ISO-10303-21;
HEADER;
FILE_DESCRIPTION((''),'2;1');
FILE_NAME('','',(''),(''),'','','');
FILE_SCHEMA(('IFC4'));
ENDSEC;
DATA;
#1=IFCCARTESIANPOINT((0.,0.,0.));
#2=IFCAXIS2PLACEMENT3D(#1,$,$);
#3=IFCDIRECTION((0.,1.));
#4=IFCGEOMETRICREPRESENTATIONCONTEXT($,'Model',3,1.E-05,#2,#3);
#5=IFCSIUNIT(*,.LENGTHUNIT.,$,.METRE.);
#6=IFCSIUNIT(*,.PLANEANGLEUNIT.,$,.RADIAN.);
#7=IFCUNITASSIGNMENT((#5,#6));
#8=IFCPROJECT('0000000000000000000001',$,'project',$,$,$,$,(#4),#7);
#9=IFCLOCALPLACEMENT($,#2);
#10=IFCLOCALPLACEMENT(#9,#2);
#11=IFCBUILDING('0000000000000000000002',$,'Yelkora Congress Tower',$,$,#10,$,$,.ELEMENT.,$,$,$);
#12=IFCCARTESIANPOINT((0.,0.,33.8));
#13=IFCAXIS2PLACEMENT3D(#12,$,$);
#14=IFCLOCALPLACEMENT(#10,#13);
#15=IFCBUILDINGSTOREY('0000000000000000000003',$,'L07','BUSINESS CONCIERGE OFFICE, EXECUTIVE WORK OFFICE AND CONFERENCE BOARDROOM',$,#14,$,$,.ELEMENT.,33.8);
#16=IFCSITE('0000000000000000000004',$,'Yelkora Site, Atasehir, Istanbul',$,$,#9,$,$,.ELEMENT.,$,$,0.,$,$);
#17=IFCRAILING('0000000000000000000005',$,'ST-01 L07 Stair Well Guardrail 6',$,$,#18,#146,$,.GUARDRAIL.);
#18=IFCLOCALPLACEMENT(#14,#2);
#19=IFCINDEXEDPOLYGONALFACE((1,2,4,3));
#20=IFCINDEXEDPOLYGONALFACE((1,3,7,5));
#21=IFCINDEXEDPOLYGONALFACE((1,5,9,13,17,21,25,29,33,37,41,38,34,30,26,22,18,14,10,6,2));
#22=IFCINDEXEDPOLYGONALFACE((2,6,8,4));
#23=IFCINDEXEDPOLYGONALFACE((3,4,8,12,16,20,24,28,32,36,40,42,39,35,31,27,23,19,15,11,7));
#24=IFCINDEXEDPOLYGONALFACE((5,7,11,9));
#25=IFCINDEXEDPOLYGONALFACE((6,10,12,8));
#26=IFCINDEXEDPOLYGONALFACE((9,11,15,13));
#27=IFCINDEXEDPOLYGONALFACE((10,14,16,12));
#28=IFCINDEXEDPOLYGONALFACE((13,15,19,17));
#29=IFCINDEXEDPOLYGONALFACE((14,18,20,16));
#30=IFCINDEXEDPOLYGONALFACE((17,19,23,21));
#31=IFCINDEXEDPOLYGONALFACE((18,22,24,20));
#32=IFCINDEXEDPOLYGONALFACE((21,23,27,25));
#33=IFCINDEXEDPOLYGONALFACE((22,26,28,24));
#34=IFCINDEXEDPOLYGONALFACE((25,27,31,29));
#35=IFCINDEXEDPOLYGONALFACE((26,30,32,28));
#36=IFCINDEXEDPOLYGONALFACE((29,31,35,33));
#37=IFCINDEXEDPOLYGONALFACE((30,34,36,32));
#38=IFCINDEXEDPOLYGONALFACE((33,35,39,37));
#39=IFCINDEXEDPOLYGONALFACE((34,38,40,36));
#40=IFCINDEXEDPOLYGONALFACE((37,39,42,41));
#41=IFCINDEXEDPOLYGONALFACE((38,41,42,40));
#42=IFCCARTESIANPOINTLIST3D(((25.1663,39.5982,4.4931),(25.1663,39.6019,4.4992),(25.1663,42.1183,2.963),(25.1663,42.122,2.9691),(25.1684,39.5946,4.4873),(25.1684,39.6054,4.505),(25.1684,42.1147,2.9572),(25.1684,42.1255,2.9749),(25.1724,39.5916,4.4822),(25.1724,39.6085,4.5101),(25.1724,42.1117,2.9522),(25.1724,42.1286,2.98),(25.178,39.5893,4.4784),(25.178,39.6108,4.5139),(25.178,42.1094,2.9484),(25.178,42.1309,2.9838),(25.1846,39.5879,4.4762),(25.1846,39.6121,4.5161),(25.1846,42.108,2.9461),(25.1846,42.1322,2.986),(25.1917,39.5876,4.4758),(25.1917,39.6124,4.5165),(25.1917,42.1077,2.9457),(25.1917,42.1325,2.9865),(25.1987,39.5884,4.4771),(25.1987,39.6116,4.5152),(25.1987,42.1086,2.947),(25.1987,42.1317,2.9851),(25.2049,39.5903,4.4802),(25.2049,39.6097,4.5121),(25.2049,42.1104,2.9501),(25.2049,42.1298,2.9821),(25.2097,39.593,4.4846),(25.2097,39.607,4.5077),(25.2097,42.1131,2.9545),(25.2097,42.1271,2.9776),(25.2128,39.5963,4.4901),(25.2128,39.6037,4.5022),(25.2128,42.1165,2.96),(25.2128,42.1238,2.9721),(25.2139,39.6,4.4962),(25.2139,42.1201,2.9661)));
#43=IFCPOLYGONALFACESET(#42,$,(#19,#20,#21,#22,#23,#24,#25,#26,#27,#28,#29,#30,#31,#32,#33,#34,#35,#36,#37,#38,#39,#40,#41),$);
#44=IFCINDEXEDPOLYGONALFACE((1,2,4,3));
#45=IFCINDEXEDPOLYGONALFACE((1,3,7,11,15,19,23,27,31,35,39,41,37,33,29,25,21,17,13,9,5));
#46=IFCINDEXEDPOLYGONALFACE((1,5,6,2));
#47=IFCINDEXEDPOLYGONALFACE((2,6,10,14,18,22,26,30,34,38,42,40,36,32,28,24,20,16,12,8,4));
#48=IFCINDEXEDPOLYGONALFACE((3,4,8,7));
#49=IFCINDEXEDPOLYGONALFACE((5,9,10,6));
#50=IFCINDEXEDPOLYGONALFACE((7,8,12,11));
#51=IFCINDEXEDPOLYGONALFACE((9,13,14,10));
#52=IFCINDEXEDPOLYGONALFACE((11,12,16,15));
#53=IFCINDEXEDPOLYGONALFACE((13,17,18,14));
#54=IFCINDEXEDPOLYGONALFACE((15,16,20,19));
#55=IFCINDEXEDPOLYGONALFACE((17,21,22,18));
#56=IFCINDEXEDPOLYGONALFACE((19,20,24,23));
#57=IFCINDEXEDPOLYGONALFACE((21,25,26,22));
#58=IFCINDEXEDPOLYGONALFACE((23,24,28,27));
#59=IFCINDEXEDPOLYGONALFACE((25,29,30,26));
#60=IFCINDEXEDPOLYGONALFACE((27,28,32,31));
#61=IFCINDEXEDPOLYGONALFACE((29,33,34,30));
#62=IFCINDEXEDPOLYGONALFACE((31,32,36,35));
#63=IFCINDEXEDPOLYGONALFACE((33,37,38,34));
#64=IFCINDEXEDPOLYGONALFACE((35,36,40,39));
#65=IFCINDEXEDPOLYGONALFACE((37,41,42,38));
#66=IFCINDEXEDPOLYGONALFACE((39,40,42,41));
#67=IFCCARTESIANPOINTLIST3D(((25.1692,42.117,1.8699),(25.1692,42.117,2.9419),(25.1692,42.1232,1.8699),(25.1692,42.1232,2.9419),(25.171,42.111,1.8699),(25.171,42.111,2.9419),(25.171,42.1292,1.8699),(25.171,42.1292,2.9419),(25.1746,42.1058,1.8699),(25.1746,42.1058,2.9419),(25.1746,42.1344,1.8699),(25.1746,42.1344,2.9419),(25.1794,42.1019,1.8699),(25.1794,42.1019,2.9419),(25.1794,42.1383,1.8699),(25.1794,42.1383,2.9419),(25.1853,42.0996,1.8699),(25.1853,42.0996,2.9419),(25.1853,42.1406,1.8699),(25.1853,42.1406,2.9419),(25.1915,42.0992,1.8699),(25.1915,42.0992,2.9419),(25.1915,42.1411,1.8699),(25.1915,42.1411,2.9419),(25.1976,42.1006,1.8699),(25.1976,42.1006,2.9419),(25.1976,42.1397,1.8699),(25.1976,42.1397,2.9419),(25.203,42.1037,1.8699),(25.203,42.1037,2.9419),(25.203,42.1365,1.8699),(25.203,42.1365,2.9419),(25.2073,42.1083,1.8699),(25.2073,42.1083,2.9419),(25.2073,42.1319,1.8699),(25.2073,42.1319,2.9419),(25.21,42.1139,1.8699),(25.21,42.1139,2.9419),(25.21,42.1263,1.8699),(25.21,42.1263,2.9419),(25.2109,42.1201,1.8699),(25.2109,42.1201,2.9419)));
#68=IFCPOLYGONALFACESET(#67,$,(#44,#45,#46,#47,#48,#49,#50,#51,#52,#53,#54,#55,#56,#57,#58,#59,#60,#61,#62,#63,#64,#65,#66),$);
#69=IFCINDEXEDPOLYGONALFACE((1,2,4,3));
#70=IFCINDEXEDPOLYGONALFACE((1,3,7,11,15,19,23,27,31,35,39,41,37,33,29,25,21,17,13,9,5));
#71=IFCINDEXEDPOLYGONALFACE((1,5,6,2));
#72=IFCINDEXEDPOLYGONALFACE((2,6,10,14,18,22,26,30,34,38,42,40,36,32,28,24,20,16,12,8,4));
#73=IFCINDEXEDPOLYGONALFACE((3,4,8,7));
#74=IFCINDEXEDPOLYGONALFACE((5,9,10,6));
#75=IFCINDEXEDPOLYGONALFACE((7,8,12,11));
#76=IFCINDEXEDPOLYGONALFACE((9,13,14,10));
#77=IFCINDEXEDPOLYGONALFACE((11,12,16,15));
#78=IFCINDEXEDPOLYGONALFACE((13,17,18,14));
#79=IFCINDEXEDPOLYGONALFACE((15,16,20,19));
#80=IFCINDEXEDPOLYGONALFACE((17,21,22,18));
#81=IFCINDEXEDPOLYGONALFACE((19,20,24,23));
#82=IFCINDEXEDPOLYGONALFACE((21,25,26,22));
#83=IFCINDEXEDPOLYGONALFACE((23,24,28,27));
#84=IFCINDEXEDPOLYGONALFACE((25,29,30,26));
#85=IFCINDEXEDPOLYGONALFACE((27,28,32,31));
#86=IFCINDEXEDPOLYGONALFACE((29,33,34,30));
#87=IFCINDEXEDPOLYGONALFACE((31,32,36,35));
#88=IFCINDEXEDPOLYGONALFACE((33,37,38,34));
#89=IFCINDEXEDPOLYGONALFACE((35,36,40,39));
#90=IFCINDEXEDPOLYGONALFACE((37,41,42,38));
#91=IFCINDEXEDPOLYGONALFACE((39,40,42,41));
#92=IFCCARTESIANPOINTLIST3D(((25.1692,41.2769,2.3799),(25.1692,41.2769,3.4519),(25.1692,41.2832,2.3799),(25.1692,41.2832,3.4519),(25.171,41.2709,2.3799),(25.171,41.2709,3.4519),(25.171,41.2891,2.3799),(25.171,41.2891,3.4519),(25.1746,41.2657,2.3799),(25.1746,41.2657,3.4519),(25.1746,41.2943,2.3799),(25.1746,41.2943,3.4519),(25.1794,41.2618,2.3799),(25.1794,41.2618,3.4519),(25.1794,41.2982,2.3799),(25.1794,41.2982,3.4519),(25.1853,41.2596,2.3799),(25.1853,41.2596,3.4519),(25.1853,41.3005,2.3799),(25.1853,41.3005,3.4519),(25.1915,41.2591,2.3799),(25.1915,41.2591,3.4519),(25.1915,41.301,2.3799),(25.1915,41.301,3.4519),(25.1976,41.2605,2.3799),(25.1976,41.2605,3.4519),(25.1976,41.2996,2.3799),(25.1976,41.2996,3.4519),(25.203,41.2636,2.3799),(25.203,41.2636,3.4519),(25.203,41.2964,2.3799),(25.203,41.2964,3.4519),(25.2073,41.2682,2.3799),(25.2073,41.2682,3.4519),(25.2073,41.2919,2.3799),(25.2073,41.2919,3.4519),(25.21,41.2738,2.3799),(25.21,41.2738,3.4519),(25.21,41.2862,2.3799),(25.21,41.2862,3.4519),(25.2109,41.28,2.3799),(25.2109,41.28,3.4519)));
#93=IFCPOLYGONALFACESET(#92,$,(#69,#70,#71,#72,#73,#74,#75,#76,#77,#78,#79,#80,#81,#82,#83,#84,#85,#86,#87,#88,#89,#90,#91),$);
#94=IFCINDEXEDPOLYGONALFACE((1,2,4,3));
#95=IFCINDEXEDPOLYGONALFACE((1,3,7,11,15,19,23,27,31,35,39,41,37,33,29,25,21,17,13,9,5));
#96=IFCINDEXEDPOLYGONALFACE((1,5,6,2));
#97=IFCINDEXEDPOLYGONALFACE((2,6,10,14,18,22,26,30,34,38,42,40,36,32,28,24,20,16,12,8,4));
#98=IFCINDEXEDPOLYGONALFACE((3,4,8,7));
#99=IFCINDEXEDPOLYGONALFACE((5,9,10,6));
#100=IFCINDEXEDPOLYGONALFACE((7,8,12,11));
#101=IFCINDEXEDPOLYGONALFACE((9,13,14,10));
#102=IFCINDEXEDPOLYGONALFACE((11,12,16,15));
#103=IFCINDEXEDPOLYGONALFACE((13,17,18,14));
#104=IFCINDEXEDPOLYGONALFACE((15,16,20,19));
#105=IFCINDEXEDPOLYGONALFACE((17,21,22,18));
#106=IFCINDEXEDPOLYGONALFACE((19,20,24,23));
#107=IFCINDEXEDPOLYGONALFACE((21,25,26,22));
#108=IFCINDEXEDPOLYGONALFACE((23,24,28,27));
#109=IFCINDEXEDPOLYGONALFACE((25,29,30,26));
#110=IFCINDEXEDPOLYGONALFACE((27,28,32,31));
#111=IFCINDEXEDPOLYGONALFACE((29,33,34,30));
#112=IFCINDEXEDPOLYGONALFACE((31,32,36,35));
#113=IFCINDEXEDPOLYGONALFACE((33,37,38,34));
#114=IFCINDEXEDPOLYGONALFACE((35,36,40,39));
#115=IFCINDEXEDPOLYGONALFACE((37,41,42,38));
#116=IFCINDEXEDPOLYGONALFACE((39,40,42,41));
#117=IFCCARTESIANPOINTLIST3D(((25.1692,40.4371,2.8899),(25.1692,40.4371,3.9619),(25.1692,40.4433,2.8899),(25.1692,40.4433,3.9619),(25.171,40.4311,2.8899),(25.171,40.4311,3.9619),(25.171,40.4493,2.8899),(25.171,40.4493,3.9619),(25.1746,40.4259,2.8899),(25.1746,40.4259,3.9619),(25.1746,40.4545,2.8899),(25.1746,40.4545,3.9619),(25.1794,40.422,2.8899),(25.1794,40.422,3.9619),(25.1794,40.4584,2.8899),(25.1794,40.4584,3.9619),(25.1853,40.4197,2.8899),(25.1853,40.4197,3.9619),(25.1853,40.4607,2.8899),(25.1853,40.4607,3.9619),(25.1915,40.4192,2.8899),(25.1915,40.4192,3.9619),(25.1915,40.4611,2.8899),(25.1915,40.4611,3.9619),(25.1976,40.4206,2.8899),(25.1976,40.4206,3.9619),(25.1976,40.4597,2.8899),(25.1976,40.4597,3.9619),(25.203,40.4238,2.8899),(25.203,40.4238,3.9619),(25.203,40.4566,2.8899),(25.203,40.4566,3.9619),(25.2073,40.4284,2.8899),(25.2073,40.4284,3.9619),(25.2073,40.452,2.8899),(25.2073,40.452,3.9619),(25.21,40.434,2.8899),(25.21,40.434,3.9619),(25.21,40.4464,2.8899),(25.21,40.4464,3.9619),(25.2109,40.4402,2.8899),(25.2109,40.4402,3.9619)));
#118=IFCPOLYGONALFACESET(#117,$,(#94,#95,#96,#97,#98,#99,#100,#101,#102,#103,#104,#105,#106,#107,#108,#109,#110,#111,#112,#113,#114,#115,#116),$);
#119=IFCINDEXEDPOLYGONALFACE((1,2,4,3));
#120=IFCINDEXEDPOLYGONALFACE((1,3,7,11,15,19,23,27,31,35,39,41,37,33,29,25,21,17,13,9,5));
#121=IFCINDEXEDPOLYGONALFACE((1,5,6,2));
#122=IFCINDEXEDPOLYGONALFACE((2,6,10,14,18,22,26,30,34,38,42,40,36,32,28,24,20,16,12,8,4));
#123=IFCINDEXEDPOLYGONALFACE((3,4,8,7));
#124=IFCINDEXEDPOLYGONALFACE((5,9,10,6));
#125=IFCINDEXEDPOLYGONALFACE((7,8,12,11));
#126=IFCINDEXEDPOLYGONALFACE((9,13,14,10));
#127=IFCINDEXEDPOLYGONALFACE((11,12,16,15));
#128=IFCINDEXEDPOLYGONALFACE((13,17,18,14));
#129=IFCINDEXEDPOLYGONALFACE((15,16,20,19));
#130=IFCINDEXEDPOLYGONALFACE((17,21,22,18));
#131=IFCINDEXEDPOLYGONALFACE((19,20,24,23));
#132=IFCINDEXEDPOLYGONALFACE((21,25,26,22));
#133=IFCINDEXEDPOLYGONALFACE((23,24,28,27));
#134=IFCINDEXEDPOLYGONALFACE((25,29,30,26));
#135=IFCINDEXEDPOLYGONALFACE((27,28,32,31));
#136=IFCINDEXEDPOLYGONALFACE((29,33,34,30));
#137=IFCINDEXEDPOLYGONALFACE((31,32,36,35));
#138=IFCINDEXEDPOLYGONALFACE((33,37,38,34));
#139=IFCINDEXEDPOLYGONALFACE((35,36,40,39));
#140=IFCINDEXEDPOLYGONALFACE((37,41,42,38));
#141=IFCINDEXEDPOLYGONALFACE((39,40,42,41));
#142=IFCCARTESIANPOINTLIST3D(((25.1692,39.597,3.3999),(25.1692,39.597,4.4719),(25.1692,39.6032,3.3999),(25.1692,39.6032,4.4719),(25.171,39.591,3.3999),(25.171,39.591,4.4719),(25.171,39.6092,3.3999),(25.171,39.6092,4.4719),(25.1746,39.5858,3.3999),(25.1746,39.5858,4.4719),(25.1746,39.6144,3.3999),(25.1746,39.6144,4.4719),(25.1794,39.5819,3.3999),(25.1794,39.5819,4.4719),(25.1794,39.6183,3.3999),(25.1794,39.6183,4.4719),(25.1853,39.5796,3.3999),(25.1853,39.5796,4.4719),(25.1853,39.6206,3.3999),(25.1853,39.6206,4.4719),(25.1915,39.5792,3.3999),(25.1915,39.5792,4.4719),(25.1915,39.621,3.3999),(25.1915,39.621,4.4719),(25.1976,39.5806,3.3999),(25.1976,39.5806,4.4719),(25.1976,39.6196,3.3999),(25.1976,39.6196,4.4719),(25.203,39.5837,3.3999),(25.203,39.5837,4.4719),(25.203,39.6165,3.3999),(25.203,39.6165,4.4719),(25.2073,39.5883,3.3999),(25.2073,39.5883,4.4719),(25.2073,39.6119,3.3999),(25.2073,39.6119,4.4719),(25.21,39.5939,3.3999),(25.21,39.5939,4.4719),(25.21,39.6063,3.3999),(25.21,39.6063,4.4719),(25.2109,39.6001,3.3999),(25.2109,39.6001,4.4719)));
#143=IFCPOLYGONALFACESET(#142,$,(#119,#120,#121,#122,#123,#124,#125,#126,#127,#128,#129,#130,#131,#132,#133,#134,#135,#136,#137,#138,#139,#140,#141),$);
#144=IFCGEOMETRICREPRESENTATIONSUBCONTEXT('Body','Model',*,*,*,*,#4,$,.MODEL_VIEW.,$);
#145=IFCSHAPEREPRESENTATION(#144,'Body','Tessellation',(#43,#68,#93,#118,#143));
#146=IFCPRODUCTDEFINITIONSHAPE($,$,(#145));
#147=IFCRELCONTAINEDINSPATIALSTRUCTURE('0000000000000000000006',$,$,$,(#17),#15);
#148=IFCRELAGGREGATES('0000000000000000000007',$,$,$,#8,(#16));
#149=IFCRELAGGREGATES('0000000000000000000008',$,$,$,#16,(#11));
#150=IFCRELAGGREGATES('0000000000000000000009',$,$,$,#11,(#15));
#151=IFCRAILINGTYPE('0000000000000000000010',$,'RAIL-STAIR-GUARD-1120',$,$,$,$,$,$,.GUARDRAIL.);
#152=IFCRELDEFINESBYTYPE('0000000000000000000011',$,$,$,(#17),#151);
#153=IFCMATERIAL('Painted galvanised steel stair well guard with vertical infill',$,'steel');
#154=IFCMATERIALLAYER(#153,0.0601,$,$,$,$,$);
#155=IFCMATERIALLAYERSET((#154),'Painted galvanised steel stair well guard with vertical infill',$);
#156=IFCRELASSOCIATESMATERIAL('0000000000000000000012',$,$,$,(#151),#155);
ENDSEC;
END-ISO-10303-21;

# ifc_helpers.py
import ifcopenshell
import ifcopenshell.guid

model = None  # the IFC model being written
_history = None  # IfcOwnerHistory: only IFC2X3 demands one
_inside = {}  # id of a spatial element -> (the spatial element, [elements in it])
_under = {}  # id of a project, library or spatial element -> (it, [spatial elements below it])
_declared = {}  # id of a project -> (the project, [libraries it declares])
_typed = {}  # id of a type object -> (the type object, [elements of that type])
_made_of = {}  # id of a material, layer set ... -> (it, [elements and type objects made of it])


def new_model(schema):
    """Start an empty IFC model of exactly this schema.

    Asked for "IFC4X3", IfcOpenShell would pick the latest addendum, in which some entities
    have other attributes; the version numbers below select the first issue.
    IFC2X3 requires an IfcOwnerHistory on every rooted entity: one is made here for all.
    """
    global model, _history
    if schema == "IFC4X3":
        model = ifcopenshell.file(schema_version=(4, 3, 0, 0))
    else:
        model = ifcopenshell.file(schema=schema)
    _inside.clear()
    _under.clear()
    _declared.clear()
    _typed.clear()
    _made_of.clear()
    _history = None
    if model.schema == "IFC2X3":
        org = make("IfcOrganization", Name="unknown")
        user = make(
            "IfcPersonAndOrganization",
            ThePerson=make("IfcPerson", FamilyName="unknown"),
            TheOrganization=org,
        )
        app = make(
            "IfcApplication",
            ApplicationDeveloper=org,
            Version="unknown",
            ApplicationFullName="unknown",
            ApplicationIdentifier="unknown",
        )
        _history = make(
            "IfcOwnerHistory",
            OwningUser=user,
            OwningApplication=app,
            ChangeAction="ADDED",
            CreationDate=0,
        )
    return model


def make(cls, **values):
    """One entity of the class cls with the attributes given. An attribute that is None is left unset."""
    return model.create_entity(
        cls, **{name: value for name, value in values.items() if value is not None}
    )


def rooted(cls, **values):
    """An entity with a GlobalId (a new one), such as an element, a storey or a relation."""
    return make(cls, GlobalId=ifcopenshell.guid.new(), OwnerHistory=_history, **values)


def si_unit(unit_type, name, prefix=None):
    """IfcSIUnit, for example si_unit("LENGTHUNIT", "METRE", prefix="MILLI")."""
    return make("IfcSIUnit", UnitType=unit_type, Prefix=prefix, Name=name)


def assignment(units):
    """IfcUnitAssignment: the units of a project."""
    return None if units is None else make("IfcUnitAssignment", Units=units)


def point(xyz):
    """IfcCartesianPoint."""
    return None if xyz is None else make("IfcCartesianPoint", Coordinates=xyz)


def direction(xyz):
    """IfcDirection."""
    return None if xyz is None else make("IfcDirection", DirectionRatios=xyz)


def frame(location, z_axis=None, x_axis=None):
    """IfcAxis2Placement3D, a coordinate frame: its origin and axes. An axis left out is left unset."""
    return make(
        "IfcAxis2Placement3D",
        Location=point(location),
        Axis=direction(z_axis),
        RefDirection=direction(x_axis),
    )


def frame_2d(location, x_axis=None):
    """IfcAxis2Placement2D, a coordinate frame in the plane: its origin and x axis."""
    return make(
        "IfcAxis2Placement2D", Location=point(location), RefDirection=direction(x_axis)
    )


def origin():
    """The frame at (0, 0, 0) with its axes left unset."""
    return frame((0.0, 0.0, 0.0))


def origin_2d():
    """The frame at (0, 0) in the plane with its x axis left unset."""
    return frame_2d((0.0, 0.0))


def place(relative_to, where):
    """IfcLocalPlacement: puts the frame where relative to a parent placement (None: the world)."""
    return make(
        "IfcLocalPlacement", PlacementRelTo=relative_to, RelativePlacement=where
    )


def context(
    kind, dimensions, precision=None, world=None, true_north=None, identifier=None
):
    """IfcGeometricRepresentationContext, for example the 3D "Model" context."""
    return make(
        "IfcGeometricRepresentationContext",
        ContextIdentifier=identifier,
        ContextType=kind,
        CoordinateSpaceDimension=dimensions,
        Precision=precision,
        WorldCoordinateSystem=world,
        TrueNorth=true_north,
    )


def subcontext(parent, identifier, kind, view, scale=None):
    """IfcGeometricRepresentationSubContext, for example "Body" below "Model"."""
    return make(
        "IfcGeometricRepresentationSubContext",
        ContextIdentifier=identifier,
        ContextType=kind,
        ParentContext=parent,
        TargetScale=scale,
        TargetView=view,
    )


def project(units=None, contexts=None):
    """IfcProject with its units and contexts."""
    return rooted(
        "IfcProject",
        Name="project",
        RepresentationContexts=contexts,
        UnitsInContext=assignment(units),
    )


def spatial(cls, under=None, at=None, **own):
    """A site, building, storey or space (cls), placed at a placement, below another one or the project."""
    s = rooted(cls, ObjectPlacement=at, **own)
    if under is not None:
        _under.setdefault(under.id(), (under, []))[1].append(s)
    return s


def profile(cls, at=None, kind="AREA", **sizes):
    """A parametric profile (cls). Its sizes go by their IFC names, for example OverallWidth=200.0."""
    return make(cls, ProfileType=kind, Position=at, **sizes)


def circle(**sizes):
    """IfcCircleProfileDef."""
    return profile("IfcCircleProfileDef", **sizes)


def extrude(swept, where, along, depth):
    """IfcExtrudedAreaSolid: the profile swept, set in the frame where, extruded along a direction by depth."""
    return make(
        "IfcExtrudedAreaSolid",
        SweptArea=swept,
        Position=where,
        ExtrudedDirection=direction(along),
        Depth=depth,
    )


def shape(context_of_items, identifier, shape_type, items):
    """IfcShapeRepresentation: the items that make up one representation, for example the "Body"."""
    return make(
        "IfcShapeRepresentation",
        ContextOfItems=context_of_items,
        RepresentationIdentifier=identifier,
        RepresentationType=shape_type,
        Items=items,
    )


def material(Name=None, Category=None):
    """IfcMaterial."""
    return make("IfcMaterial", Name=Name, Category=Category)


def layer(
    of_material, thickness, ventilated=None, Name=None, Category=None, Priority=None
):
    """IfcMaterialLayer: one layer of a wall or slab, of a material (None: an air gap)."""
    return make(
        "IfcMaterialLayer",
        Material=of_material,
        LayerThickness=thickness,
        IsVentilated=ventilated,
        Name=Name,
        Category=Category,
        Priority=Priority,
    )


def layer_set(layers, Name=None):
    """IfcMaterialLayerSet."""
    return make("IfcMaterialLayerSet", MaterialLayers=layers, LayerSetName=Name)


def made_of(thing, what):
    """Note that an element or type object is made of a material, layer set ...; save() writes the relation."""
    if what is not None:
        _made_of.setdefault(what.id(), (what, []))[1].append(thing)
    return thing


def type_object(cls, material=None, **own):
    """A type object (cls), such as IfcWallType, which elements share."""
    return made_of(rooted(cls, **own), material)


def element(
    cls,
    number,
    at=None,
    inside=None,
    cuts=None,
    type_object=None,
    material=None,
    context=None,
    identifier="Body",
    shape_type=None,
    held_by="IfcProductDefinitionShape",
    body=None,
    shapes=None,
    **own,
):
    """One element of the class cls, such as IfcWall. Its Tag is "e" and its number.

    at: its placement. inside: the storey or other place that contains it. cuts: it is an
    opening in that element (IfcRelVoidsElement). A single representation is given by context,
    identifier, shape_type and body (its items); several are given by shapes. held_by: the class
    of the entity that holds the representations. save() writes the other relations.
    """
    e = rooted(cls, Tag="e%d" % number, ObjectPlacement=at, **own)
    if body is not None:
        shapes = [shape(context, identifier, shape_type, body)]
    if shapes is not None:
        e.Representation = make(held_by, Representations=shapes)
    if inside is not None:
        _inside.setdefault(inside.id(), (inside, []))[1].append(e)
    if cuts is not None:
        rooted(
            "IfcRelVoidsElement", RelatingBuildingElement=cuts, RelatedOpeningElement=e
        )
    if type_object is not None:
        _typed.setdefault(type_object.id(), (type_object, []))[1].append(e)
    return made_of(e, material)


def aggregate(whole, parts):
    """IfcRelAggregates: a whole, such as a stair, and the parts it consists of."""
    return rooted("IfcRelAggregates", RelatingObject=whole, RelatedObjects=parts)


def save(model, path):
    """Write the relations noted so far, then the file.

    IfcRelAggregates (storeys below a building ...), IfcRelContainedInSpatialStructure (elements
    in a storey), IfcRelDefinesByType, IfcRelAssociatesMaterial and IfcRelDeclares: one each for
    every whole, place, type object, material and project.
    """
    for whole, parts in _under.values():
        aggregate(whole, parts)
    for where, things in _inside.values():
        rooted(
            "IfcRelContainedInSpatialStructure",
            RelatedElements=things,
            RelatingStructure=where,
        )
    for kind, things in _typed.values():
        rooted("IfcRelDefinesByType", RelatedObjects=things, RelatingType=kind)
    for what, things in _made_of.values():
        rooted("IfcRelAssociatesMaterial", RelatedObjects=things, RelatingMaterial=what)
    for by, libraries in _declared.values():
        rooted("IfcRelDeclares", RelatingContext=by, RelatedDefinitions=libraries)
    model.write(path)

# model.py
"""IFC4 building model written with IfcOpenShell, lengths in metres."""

from ifc_helpers import new_model, si_unit, direction, frame, origin, origin_2d, place, context, subcontext, project, spatial, circle, extrude, material, layer, layer_set, type_object, element, save


model = new_model("IFC4")

# Units and contexts
model_context = context("Model", 3, precision=1e-05, world=origin(), true_north=direction((0.0, 1.0)))
body_context = subcontext(model_context, "Body", "Model", "MODEL_VIEW")
ifc_project = project(units=[si_unit("LENGTHUNIT", "METRE"), si_unit("PLANEANGLEUNIT", "RADIAN")], contexts=[model_context])

# Site, building, storey
site_placement = place(None, origin())
site = spatial("IfcSite", under=ifc_project, at=site_placement, Name="Yelkora Site, Atasehir, Istanbul", CompositionType="ELEMENT", RefElevation=0.0)
building_placement = place(site_placement, origin())
building = spatial("IfcBuilding", under=site, at=building_placement, Name="Yelkora Congress Tower", CompositionType="ELEMENT")
storey_placement = place(building_placement, frame((0.0, 0.0, 33.8)))
storey = spatial("IfcBuildingStorey", under=building, at=storey_placement, Name="L07", Description="BUSINESS CONCIERGE OFFICE, EXECUTIVE WORK OFFICE AND CONFERENCE BOARDROOM", CompositionType="ELEMENT", Elevation=33.8)

# Railing
ifc_material_1 = material(Name="Painted galvanised steel stair well guard with vertical infill", Category="steel")
ifc_layer_1 = layer(ifc_material_1, 0.0601)
ifc_layer_set_1 = layer_set([ifc_layer_1], Name="Painted galvanised steel stair well guard with vertical infill")
railing_type_1 = type_object("IfcRailingType", Name="RAIL-STAIR-GUARD-1120", PredefinedType="GUARDRAIL", material=ifc_layer_set_1)
railing_1_placement = place(storey_placement, frame((25.1899, 42.1201, 1.8699)))
element("IfcRailing", 1, at=railing_1_placement, inside=storey, type_object=railing_type_1, Name="ST-01 L07 Stair Well Guardrail 6", PredefinedType="GUARDRAIL", context=body_context, shape_type="SweptSolid", body=[
    extrude(circle(Radius=0.0239, at=origin_2d()), frame((0.0, 0.0, 1.0962), z_axis=(0.0, -0.854785, 0.518982), x_axis=(1.0, 0.0, 0.0)), (0.0, 0.0, 1.0), 2.9482),
    extrude(circle(Radius=0.021, at=origin_2d()), origin(), (0.0, 0.0, 1.0), 1.072),
    extrude(circle(Radius=0.021, at=origin_2d()), frame((0.0, -0.8401, 0.51)), (0.0, 0.0, 1.0), 1.072),
    extrude(circle(Radius=0.021, at=origin_2d()), frame((0.0, -1.6799, 1.02)), (0.0, 0.0, 1.0), 1.072),
    extrude(circle(Radius=0.021, at=origin_2d()), frame((0.0, -2.52, 1.53)), (0.0, 0.0, 1.0), 1.072),
])

save(model, "model.ifc")
